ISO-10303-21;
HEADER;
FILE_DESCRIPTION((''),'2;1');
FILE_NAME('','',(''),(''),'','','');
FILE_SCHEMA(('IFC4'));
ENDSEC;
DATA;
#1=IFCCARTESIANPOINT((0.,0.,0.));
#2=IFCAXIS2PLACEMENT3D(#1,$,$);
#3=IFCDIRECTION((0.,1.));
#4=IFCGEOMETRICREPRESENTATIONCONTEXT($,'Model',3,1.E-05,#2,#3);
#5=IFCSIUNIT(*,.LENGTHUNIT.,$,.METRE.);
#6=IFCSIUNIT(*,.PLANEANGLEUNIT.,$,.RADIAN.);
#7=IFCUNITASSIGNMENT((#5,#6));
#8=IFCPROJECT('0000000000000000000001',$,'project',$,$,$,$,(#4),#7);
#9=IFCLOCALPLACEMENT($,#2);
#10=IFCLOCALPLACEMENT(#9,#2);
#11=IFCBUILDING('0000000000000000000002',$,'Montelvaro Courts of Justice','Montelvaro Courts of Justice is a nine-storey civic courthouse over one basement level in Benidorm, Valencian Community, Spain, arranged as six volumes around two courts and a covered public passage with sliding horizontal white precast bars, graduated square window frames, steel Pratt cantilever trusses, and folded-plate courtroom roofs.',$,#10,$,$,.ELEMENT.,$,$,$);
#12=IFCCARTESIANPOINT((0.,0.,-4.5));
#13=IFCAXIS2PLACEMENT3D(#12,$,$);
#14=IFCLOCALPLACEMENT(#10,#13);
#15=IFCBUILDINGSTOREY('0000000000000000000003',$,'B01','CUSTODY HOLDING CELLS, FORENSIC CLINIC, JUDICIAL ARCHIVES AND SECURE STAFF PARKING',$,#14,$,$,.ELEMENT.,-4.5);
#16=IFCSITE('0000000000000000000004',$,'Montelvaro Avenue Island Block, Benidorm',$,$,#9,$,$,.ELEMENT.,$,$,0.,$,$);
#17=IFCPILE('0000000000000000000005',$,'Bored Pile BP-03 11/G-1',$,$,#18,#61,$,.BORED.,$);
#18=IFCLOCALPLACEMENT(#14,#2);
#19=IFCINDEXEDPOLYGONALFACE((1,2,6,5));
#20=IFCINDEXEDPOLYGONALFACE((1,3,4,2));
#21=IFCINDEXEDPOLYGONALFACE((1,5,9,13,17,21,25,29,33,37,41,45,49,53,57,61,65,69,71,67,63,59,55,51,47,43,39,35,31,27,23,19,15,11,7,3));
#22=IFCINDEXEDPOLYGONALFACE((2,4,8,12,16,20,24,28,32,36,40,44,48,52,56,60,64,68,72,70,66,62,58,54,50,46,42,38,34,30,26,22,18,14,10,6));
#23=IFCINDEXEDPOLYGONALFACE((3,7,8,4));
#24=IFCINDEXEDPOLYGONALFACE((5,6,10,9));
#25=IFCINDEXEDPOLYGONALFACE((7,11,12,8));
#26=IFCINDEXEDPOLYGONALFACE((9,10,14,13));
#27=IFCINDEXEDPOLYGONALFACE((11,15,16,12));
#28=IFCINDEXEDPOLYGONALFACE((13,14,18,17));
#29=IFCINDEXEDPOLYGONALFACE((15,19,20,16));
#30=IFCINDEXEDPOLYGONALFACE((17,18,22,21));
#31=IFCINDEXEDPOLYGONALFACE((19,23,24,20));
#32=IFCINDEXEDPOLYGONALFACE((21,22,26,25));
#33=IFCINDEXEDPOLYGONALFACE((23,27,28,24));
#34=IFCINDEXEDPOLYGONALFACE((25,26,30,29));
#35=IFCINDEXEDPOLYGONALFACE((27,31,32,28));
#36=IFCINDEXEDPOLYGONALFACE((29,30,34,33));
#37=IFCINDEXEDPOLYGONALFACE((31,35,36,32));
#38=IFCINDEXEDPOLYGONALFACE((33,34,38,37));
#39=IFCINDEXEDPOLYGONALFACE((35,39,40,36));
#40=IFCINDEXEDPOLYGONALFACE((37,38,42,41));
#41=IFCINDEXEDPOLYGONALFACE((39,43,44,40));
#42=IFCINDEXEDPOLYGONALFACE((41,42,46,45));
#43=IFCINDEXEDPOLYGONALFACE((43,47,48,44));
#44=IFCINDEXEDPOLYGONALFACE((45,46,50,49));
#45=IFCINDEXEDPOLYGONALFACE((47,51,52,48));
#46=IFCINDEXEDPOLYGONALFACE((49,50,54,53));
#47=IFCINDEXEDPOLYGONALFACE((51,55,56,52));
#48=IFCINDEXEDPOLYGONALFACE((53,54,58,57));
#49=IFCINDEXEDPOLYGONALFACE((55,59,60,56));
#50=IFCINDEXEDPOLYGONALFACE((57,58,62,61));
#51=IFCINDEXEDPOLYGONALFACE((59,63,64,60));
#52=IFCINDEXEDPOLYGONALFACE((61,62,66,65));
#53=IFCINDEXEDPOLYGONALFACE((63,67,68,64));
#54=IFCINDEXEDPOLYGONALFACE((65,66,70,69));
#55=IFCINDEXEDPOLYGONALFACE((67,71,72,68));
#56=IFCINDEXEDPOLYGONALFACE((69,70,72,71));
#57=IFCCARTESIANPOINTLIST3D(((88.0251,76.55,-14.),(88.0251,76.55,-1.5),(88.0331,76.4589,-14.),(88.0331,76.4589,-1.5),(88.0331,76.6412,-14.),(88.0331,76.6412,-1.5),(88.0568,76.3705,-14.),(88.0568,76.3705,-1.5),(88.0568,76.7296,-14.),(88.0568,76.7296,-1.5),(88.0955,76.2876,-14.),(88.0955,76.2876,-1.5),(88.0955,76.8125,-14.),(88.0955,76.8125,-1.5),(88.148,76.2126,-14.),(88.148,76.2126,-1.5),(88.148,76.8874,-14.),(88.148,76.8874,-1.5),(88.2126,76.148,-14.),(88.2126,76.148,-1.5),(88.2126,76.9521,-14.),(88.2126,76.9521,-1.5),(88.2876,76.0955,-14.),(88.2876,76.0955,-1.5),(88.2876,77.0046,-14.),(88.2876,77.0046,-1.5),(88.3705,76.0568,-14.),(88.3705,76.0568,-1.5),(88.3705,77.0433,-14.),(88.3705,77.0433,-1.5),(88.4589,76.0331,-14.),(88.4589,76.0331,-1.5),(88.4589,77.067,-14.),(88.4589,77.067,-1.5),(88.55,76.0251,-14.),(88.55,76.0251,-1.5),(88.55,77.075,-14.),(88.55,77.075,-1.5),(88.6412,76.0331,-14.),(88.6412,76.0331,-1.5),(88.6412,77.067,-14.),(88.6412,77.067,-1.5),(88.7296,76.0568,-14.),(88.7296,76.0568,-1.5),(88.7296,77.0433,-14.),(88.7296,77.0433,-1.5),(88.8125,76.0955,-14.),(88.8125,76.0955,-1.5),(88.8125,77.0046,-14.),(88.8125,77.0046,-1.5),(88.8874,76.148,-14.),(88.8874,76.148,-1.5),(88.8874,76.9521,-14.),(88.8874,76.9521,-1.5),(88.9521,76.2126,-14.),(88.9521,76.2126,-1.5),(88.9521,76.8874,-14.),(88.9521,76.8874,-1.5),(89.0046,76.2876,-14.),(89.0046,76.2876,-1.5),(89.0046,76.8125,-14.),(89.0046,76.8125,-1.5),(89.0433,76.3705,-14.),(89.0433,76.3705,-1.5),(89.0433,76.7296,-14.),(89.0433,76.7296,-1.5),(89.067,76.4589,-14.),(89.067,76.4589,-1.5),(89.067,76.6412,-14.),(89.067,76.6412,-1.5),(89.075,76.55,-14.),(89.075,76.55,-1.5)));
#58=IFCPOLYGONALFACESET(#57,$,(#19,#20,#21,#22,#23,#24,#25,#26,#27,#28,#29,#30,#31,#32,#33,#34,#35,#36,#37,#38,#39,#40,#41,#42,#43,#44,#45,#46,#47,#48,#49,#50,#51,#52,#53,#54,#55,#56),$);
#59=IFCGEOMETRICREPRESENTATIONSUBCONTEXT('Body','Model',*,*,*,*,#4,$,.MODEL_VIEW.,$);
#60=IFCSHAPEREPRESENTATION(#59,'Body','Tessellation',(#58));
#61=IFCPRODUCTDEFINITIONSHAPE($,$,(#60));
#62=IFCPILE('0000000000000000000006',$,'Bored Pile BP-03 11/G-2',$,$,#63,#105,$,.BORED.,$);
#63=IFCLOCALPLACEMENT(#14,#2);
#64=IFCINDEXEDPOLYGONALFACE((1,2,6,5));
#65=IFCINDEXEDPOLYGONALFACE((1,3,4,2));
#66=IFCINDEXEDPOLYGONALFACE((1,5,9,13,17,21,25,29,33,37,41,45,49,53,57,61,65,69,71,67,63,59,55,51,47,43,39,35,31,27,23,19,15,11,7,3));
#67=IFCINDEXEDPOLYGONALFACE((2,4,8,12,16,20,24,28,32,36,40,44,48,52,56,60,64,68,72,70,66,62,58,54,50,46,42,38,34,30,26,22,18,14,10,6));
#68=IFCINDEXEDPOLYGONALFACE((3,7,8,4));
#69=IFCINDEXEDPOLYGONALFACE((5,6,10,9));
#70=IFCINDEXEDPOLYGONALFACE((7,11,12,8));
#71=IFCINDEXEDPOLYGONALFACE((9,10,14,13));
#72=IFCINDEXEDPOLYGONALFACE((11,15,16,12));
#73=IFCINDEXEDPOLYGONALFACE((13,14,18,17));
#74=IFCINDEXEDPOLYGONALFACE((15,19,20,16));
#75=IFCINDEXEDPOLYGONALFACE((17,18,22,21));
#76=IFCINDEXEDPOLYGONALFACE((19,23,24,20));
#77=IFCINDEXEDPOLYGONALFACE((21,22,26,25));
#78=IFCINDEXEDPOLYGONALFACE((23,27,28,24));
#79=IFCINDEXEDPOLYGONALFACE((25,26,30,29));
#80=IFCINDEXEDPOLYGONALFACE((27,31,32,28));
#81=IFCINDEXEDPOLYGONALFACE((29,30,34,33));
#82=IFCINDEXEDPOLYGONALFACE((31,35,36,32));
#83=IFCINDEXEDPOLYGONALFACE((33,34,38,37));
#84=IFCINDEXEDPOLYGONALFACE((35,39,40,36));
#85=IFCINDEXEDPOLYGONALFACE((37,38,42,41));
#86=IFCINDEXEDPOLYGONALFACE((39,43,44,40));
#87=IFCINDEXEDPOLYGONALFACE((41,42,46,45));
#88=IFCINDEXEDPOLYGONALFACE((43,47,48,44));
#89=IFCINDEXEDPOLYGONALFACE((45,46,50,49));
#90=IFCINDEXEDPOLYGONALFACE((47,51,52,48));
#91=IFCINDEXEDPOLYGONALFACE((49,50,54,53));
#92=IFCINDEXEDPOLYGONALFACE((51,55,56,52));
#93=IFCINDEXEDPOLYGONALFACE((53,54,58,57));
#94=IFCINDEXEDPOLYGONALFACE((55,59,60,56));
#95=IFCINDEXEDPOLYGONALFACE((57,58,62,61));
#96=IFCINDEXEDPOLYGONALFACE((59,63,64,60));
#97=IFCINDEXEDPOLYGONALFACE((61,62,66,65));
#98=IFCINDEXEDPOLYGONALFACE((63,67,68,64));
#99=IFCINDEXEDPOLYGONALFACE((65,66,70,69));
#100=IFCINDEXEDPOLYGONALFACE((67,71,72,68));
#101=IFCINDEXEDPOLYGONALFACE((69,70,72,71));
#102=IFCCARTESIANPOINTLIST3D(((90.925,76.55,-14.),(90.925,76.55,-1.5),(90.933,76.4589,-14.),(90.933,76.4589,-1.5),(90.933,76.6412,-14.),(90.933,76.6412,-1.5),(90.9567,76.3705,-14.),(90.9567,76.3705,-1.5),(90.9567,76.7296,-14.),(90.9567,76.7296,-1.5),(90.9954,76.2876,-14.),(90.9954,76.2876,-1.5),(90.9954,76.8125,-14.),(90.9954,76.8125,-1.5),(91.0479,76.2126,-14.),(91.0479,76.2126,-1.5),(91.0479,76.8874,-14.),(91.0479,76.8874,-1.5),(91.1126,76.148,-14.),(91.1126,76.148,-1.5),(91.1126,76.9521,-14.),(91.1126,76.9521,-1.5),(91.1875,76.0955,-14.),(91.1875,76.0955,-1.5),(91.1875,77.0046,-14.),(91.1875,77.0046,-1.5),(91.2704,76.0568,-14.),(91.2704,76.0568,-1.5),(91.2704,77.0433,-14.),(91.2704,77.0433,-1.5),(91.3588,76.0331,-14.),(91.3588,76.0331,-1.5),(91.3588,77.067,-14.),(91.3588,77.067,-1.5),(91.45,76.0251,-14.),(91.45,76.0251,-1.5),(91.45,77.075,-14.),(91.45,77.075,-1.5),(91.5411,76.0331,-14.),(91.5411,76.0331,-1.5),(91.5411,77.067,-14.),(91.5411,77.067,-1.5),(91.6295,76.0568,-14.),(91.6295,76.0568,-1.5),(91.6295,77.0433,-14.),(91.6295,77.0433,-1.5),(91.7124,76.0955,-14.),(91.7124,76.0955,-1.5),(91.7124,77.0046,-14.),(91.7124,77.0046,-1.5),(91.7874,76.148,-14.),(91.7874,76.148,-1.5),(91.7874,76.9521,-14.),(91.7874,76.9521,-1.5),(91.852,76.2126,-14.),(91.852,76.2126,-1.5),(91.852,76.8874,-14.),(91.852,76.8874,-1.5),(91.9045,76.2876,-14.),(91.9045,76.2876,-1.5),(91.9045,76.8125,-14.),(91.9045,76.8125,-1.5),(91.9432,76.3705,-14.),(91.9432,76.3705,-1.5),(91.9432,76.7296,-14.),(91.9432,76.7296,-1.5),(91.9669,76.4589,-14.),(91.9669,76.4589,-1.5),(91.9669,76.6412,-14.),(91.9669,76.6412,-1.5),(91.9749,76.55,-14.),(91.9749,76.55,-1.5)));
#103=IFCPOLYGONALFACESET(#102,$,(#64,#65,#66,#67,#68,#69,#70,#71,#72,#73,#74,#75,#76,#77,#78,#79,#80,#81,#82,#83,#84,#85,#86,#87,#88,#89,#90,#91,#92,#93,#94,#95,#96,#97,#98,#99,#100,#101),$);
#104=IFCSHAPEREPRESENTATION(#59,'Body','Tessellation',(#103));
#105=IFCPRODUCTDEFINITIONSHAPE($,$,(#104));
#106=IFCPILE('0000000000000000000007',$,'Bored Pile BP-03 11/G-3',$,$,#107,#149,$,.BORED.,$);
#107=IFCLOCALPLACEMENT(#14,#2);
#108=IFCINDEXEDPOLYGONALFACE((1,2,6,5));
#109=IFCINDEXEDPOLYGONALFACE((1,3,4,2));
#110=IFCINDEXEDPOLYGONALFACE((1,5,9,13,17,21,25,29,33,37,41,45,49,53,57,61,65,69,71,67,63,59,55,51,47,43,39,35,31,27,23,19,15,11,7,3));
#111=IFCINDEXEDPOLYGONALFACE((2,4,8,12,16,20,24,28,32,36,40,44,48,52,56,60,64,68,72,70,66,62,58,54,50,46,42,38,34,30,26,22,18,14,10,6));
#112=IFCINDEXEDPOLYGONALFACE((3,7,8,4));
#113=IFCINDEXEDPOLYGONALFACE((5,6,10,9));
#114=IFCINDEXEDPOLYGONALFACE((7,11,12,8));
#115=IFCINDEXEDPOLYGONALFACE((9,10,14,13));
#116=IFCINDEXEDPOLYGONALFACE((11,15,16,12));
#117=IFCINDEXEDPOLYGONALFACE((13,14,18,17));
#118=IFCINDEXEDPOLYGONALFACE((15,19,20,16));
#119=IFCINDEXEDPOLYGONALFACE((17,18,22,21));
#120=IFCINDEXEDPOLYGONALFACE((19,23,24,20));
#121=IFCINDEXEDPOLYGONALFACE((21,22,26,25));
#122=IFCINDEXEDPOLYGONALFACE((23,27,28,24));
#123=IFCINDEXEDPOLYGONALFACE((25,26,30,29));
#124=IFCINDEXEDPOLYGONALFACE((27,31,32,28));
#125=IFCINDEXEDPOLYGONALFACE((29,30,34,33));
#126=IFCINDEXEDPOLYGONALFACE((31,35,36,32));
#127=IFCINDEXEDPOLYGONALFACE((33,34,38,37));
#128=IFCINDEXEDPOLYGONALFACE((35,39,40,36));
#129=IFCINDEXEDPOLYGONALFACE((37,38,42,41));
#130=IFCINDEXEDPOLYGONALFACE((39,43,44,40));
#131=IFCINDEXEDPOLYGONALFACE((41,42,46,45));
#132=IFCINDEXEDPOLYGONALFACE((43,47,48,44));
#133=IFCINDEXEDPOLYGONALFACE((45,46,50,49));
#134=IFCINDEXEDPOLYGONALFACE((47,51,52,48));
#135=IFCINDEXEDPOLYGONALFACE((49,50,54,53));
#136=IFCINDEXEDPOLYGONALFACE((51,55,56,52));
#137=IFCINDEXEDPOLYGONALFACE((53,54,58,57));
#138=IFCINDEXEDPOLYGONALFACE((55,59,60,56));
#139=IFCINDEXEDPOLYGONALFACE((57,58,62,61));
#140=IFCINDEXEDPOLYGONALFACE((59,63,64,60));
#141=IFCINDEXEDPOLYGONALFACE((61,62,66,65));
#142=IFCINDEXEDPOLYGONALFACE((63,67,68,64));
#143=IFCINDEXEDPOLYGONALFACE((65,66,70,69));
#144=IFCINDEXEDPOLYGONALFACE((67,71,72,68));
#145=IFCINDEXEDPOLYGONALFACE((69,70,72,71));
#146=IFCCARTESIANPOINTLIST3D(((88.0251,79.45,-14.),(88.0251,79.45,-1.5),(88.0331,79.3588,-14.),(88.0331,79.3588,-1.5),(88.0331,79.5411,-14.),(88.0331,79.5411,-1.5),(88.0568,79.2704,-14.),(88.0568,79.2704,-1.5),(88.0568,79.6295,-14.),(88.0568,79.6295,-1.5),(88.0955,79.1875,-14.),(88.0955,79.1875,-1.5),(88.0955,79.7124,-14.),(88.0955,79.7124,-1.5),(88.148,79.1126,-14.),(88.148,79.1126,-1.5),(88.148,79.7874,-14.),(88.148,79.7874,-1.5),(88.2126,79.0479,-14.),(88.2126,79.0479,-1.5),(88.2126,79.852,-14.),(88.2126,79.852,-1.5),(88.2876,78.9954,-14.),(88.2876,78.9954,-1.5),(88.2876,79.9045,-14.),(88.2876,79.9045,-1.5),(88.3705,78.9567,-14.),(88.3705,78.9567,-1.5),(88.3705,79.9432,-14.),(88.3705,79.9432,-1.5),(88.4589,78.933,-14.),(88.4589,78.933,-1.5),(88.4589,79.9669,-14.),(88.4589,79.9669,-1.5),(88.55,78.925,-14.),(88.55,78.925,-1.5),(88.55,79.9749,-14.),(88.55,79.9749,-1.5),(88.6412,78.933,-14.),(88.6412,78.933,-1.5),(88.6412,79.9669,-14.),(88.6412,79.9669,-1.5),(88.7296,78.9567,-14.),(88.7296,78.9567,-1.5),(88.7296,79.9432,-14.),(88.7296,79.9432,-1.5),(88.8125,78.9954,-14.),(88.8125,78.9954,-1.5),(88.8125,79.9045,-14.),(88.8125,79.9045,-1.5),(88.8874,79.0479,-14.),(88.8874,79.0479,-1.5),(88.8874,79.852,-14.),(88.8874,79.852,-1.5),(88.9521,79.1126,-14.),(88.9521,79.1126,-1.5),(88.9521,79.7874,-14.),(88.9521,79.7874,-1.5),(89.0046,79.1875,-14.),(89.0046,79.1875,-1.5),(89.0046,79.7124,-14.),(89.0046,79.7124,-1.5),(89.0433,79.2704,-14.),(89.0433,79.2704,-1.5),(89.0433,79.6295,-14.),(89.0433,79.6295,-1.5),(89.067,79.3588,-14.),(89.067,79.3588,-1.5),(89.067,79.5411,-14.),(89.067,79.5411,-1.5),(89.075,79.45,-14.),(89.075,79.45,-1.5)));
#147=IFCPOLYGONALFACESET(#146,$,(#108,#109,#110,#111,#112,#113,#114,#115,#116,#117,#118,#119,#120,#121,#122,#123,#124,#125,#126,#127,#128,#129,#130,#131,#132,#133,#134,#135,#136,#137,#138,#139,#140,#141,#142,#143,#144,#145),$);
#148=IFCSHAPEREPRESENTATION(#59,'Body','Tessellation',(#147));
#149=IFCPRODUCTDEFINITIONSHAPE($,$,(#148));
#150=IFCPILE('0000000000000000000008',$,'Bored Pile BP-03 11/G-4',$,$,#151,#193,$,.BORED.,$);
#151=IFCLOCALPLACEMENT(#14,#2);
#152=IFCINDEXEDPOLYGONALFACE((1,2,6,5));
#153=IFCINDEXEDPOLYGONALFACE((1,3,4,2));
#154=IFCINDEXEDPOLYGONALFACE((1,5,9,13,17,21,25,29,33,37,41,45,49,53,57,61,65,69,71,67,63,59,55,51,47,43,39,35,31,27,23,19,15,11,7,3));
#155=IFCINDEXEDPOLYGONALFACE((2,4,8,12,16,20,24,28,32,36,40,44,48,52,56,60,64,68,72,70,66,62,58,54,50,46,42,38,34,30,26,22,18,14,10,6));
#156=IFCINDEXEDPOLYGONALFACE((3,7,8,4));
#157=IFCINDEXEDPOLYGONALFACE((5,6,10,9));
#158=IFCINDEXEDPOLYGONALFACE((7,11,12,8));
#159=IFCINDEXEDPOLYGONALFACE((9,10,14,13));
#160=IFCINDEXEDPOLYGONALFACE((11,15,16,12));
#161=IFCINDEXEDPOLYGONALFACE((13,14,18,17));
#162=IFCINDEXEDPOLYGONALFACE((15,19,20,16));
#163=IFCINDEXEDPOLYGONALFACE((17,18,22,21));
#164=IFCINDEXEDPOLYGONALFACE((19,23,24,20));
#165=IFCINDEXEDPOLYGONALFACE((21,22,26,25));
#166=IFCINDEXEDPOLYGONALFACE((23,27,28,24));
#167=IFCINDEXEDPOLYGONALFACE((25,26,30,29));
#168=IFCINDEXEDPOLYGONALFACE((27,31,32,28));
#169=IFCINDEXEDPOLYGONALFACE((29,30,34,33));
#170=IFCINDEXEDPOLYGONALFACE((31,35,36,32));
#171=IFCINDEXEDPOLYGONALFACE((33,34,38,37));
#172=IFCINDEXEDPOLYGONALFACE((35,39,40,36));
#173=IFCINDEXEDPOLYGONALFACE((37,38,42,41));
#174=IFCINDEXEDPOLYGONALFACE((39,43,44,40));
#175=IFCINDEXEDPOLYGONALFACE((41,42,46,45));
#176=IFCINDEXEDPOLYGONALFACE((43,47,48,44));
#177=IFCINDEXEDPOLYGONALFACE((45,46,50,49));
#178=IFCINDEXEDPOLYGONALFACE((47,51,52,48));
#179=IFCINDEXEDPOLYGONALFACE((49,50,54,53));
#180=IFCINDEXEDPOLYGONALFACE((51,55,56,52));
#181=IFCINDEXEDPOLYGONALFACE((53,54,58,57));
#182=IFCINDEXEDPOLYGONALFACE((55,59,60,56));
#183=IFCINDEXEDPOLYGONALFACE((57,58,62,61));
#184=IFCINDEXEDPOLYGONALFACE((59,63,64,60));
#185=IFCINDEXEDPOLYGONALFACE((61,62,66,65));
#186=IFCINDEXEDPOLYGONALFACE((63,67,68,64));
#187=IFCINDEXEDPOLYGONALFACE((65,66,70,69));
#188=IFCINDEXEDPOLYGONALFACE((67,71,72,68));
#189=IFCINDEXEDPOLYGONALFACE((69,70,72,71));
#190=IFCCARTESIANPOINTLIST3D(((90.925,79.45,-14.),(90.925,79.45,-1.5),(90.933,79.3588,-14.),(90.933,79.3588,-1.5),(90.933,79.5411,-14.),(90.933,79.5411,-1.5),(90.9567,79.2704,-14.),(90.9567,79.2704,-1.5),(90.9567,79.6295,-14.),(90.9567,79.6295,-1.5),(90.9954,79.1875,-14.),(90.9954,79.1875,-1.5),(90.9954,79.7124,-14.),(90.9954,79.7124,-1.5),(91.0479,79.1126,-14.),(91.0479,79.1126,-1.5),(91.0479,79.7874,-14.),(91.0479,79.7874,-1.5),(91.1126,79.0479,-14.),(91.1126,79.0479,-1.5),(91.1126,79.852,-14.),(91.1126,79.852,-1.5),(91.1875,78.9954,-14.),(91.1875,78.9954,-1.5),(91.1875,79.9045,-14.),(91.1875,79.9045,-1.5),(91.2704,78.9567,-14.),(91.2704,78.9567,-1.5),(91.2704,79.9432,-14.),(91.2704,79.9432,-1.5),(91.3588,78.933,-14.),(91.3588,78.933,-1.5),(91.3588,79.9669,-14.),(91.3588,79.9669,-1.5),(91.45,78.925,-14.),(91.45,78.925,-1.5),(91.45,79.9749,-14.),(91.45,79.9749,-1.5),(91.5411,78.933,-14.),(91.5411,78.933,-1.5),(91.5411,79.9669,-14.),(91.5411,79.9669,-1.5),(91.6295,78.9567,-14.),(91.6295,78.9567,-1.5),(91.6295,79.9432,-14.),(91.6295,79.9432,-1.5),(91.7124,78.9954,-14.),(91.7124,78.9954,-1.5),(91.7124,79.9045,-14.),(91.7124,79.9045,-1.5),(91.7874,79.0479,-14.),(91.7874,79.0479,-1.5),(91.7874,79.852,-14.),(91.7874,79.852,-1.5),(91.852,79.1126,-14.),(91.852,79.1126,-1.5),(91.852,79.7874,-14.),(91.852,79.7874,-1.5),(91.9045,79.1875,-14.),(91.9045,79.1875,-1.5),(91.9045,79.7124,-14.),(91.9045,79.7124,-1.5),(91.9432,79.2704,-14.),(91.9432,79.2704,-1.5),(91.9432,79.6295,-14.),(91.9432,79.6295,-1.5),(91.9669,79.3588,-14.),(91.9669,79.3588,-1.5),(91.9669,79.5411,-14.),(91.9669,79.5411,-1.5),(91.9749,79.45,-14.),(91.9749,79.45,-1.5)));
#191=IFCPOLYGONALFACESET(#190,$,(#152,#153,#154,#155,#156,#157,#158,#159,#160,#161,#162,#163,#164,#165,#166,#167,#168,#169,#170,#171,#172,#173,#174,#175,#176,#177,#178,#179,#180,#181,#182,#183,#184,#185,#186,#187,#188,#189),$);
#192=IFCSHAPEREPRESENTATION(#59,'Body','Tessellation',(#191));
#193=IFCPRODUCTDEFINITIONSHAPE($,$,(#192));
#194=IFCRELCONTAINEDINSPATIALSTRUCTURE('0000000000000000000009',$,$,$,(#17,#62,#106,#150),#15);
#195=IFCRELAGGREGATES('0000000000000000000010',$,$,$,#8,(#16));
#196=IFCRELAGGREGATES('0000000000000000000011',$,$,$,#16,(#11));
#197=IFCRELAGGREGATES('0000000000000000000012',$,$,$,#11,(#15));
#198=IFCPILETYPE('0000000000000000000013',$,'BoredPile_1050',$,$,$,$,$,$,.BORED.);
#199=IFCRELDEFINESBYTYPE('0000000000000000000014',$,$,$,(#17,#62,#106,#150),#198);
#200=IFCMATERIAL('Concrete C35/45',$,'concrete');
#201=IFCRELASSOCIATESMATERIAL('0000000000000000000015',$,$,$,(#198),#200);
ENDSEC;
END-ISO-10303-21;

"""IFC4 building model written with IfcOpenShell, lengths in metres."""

from ifc_helpers import new_model, si_unit, direction, frame, origin, origin_2d, place, context, subcontext, project, spatial, circle, extrude, material, material_profile, profile_set, type_object, element, save


model = new_model("IFC4")

# Units and contexts
model_context = context("Model", 3, precision=1e-05, world=origin(), true_north=direction((0.0, 1.0)))
body_context = subcontext(model_context, "Body", "Model", "MODEL_VIEW")
ifc_project = project(units=[si_unit("LENGTHUNIT", "METRE"), si_unit("PLANEANGLEUNIT", "RADIAN")], contexts=[model_context])

# Site, building, storey
site_placement = place(None, origin())
site = spatial("IfcSite", under=ifc_project, at=site_placement, Name="Montelvaro Avenue Island Block, Benidorm", CompositionType="ELEMENT", RefElevation=0.0)
building_placement = place(site_placement, origin())
building = spatial("IfcBuilding", under=site, at=building_placement, Name="Montelvaro Courts of Justice", Description="Montelvaro Courts of Justice is a nine-storey civic courthouse over one basement level in Benidorm, Valencian Community, Spain, arranged as six volumes around two courts and a covered public passage with sliding horizontal white precast bars, graduated square window frames, steel Pratt cantilever trusses, and folded-plate courtroom roofs.", CompositionType="ELEMENT")
storey_placement = place(building_placement, frame((0.0, 0.0, -4.5)))
storey = spatial("IfcBuildingStorey", under=building, at=storey_placement, Name="B01", Description="CUSTODY HOLDING CELLS, FORENSIC CLINIC, JUDICIAL ARCHIVES AND SECURE STAFF PARKING", CompositionType="ELEMENT", Elevation=-4.5)

# Piles
ifc_material_1 = material(Name="Concrete C35/45", Category="concrete")
ifc_material_profile_1 = material_profile(ifc_material_1, circle(Radius=0.5249, at=origin_2d()), Name="BORED PILE D1050")
ifc_profile_set_1 = profile_set([ifc_material_profile_1], Name="Concrete C35/45")
pile_type_1 = type_object("IfcPileType", Name="BoredPile_1050", PredefinedType="BORED", material=ifc_profile_set_1)
for number, where, z_axis, x_axis, name in (
    (1, (88.55, 76.55, -1.5), (0.0, 0.0, -1.0), (1.0, 0.0, 0.0), "Bored Pile BP-03 11/G-1"),
    (2, (91.45, 76.55, -1.5), (0.0, 0.0, -1.0), (1.0, 0.0, 0.0), "Bored Pile BP-03 11/G-2"),
    (3, (88.55, 79.45, -1.5), (0.0, 0.0, -1.0), (1.0, 0.0, 0.0), "Bored Pile BP-03 11/G-3"),
    (4, (91.45, 79.45, -1.5), (0.0, 0.0, -1.0), (1.0, 0.0, 0.0), "Bored Pile BP-03 11/G-4"),
):
    element("IfcPile", number, at=place(storey_placement, frame(where, z_axis=z_axis, x_axis=x_axis)), inside=storey, type_object=pile_type_1, Name=name, PredefinedType="BORED", context=body_context, shape_type="SweptSolid", body=[
        extrude(circle(Radius=0.5249, at=origin_2d()), origin(), (0.0, 0.0, 1.0), 12.5),
    ])

save(model, "model.ifc")
